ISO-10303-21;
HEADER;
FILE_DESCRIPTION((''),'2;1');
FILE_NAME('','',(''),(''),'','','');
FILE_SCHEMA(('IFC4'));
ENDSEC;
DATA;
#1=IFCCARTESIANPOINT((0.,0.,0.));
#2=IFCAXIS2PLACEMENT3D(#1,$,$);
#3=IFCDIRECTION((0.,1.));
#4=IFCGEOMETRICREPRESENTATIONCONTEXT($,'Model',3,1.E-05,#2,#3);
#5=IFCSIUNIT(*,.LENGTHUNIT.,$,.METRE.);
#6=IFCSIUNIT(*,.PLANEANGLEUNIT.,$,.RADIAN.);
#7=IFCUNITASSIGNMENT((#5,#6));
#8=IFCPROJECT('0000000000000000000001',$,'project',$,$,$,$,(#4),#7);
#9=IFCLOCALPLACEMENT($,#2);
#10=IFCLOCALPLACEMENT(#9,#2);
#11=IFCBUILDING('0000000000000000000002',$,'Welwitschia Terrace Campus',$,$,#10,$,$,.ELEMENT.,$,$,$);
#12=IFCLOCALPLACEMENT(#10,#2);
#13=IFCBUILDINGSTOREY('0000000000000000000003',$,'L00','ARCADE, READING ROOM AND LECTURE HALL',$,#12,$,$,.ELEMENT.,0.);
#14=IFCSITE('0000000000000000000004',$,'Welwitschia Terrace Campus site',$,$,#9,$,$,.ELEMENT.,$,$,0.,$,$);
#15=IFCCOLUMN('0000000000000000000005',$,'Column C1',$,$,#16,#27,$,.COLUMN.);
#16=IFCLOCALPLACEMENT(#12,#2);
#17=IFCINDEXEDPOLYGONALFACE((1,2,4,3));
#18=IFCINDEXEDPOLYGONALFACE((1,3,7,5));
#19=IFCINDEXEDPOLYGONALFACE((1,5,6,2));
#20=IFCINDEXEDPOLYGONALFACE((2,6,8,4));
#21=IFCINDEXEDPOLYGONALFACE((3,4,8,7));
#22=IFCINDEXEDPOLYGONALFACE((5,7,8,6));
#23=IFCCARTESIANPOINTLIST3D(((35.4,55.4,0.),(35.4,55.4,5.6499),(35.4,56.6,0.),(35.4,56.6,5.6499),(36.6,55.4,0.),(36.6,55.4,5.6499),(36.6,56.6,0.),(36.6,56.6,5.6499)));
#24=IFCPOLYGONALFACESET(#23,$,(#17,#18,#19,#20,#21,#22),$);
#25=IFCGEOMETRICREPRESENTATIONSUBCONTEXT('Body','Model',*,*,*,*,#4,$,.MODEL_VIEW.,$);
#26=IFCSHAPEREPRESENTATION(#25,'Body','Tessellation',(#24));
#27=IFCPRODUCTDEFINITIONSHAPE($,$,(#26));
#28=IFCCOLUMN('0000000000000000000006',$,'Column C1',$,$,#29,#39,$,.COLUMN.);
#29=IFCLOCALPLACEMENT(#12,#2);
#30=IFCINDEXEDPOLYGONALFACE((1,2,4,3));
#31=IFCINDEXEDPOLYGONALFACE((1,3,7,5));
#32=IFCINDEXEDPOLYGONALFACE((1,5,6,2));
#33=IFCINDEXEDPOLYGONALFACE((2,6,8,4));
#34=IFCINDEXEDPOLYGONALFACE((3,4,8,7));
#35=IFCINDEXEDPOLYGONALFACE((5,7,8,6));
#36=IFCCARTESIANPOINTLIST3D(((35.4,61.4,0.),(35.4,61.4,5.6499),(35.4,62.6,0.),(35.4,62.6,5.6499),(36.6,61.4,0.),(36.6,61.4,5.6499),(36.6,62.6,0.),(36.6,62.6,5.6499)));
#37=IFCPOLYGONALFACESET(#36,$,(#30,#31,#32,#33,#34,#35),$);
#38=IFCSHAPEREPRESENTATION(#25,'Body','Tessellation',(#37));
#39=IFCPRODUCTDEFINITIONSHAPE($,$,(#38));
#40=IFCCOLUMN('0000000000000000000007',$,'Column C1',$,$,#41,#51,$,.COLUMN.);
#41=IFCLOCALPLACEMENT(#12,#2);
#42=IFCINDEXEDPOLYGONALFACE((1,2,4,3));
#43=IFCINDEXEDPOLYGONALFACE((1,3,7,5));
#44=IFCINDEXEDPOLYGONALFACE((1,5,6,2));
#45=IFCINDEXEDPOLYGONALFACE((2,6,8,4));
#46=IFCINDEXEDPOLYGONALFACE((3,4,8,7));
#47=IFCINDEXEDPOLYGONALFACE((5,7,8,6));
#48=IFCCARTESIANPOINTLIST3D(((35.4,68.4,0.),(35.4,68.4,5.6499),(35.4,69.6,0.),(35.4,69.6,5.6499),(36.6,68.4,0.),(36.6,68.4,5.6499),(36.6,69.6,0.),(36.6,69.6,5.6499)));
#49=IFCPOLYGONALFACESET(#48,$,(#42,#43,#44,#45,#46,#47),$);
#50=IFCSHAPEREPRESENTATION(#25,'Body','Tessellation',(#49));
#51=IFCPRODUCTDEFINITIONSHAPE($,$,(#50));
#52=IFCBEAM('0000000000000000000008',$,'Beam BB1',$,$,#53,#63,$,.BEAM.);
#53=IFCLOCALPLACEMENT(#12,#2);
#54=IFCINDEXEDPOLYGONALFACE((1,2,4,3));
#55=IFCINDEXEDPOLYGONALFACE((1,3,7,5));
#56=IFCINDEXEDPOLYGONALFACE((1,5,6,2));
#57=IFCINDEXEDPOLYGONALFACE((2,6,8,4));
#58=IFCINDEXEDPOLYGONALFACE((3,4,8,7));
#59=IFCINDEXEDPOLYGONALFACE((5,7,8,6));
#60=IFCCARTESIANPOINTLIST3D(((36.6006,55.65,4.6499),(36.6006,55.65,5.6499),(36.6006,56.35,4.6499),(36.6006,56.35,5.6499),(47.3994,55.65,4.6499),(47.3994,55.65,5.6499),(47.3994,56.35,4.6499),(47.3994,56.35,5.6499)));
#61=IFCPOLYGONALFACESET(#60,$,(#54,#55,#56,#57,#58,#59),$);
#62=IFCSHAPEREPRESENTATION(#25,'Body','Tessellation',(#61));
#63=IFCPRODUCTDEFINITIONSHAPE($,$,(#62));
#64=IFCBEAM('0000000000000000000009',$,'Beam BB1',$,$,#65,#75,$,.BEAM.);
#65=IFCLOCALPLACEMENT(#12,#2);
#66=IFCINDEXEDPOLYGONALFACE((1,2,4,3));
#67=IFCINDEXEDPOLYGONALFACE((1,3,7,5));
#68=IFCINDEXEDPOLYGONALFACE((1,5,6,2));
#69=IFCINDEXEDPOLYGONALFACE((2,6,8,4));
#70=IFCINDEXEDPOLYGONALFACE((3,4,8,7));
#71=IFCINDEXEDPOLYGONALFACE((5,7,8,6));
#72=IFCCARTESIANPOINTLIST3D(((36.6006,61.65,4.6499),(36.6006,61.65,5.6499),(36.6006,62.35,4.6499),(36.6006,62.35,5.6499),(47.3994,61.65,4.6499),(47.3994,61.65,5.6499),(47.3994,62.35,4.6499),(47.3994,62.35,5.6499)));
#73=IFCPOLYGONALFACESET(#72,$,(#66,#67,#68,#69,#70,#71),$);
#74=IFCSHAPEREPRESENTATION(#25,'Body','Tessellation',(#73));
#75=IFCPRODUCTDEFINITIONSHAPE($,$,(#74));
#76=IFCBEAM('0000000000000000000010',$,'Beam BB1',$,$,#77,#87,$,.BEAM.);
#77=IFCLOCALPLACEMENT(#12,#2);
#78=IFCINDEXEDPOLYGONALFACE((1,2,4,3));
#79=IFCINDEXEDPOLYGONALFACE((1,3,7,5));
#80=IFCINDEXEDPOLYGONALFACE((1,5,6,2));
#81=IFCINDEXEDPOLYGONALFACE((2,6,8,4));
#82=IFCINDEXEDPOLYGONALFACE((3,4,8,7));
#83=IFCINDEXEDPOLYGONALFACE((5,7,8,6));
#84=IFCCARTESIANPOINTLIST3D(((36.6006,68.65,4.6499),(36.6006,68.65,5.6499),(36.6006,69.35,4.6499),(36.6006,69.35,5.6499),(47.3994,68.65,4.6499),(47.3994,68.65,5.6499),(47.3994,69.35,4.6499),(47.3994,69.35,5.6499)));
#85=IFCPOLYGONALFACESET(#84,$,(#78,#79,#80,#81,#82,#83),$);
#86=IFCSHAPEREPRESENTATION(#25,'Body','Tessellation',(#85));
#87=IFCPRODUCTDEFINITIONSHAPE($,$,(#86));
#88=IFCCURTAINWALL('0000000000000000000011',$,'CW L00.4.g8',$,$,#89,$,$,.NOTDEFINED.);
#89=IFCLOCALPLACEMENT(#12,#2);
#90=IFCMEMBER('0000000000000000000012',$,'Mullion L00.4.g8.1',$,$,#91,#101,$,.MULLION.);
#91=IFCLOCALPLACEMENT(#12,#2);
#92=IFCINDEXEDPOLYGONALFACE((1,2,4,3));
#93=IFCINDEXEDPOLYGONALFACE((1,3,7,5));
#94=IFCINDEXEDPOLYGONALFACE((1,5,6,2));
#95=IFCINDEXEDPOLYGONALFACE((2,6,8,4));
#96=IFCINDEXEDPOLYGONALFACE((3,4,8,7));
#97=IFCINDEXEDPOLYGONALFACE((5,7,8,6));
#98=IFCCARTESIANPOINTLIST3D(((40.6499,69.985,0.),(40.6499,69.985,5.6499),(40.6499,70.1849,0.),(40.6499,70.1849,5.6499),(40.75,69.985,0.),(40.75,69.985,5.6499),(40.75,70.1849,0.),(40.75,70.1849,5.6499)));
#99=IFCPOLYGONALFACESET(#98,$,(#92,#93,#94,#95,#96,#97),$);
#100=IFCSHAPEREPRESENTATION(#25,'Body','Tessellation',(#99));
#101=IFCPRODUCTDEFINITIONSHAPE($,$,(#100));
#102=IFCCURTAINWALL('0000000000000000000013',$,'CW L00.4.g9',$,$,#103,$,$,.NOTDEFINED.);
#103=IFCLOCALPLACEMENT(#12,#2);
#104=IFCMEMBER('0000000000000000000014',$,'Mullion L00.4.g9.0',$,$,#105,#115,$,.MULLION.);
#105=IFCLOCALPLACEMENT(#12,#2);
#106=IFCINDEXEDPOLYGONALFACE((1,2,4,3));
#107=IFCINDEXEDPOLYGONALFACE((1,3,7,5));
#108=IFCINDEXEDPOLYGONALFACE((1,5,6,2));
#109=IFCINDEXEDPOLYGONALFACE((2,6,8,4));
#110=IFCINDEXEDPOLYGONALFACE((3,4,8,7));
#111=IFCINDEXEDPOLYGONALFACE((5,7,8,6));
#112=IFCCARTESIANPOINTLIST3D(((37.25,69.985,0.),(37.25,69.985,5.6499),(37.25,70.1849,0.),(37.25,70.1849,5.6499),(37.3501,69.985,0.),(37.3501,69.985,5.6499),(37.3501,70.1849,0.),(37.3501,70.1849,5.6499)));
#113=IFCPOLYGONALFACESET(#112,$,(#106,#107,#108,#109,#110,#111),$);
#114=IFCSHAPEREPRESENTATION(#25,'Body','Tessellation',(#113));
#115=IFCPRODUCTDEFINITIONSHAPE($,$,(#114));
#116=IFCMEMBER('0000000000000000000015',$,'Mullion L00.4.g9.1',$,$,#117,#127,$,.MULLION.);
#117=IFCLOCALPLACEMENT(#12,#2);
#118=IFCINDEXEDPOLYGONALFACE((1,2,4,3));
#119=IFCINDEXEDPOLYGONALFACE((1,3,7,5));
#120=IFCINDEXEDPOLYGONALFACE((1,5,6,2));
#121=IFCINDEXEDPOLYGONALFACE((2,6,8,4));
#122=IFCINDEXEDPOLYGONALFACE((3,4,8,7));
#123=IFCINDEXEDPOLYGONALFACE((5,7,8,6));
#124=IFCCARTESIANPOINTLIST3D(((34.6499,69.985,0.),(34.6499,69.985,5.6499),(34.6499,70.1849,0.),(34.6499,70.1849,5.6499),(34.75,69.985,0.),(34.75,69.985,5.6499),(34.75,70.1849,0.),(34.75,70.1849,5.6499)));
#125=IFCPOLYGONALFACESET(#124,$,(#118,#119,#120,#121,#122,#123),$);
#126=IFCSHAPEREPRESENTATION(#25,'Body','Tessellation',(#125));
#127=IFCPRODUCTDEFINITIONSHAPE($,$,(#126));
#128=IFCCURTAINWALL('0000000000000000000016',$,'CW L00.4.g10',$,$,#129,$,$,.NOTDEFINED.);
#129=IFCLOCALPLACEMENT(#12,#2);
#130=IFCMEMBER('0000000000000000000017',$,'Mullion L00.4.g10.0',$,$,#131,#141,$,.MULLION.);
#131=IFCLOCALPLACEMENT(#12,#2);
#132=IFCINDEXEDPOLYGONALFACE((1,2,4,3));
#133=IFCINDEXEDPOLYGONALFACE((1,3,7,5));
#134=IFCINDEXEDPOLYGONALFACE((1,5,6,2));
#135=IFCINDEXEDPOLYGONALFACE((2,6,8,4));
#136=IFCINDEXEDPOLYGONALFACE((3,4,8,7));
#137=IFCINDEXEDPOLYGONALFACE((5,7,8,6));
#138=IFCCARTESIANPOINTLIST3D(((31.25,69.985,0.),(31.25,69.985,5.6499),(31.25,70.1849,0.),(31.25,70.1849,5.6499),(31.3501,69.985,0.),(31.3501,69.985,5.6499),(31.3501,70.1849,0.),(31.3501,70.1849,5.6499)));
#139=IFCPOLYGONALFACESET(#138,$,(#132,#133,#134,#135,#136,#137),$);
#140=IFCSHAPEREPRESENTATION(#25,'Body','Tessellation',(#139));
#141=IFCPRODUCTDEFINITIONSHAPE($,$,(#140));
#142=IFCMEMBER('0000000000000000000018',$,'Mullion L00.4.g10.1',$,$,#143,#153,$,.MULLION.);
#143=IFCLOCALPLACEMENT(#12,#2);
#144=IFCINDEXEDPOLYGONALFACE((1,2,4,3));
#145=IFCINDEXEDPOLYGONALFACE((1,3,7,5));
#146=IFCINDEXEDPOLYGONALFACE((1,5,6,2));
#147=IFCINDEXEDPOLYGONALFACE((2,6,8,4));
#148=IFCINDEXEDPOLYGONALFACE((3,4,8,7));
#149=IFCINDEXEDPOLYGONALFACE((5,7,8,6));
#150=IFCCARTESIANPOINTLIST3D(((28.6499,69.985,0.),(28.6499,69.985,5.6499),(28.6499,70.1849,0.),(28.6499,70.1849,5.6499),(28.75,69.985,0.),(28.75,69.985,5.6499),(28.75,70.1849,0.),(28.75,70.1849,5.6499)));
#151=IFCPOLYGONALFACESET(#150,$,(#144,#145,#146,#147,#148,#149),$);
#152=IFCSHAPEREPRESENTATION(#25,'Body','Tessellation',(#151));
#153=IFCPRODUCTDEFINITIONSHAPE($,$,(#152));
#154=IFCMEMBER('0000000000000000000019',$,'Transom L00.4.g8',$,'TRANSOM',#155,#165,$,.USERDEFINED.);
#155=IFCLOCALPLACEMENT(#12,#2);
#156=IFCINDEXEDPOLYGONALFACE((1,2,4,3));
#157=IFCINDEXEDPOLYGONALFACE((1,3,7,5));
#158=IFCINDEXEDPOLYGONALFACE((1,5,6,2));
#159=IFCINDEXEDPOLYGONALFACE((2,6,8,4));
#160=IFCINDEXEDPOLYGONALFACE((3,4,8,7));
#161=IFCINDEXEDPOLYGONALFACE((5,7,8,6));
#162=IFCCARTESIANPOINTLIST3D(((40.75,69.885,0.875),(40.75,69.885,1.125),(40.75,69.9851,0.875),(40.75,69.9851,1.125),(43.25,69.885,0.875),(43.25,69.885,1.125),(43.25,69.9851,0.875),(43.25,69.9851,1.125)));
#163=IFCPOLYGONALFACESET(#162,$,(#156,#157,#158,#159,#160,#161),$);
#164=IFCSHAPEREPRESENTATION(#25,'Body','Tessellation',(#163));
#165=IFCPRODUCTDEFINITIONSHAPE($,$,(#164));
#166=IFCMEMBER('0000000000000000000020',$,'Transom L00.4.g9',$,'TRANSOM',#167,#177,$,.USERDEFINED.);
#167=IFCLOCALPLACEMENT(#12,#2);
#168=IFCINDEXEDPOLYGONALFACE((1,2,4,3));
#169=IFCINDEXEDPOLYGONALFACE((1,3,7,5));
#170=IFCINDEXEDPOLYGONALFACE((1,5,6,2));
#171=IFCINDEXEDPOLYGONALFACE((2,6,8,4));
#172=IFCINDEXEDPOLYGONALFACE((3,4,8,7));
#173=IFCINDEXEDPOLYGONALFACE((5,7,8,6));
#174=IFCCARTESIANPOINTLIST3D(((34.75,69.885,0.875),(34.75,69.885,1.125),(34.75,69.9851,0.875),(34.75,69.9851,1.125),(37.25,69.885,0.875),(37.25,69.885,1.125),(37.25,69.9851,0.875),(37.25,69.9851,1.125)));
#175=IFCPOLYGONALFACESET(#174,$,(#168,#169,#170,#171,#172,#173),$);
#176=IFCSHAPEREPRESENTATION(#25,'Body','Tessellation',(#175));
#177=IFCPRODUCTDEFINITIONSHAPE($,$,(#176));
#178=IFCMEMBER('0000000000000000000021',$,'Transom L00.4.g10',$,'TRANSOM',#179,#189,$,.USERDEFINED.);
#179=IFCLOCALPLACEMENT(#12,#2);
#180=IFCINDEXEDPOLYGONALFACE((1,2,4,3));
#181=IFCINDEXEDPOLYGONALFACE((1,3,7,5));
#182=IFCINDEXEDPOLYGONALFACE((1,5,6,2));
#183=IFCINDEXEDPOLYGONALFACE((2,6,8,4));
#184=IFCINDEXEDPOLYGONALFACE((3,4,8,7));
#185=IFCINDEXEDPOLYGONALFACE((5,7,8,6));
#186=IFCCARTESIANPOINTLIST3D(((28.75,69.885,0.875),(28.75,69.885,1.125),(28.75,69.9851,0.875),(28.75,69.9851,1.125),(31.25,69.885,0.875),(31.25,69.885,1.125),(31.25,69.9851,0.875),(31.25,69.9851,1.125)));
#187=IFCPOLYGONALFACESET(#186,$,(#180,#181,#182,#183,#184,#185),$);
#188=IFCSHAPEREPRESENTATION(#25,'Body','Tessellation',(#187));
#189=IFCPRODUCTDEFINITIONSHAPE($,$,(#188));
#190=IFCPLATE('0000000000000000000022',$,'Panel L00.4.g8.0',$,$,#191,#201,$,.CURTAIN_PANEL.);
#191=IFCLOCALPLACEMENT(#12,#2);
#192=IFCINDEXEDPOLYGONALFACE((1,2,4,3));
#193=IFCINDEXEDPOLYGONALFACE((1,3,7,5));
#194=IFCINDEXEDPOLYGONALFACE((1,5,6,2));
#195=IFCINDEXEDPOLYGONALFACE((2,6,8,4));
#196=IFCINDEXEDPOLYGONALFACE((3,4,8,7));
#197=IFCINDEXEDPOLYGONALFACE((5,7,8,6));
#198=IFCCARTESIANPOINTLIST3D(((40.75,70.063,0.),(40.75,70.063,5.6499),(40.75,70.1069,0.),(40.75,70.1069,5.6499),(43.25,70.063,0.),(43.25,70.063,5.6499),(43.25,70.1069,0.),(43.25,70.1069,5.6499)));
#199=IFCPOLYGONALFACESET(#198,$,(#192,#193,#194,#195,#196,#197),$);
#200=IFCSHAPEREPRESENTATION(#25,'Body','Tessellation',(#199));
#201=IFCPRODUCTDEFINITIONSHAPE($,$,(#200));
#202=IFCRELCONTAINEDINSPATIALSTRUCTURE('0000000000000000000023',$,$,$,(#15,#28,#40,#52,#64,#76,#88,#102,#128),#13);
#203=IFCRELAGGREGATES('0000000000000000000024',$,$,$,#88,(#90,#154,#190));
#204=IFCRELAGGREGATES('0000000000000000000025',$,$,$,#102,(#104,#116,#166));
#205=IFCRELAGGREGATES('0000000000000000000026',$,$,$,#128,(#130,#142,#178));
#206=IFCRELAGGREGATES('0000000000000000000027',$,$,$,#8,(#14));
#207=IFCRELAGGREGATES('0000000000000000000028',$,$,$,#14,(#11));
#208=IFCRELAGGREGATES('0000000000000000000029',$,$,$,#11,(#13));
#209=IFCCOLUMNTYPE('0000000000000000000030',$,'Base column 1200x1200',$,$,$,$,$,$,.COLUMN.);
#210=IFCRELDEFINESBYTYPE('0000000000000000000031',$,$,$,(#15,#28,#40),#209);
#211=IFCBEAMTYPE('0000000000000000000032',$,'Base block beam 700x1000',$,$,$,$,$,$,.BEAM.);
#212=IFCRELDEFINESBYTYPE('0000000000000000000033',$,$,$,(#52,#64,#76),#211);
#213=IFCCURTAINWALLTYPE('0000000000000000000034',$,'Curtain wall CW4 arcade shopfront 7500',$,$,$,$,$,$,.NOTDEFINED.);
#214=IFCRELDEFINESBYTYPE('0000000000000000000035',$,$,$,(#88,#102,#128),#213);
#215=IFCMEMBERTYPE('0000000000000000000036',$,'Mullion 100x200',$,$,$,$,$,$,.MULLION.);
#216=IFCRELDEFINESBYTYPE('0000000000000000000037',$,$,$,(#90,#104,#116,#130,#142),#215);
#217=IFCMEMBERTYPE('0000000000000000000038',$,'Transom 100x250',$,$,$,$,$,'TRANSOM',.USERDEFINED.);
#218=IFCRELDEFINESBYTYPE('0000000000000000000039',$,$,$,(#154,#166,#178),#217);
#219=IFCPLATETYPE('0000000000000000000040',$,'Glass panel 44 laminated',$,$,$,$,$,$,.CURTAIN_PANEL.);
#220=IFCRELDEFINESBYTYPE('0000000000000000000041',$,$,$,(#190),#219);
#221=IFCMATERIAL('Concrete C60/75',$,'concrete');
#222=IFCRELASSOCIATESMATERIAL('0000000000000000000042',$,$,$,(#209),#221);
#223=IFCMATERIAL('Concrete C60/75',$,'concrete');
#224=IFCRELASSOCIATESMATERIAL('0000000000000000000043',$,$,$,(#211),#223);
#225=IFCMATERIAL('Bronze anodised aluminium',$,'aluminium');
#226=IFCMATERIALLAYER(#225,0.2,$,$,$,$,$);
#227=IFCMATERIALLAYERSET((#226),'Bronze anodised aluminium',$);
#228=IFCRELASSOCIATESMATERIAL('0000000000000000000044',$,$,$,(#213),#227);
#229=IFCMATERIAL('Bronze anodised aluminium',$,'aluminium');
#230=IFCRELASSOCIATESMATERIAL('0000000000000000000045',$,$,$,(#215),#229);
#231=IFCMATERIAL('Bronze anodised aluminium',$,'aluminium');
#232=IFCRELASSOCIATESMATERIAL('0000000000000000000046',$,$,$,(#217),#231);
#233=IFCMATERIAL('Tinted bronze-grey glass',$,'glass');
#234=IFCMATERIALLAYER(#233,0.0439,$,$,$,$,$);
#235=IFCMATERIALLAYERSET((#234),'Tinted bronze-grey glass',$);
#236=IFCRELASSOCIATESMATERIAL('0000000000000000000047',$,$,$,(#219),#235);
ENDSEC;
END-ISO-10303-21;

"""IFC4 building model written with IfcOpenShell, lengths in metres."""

from ifc_helpers import new_model, si_unit, direction, frame, origin, origin_2d, place, context, subcontext, project, spatial, rectangle, extrude, material, layer, layer_set, material_profile, profile_set, type_object, element, aggregate, save


model = new_model("IFC4")

# Units and contexts
model_context = context("Model", 3, precision=1e-05, world=origin(), true_north=direction((0.0, 1.0)))
body_context = subcontext(model_context, "Body", "Model", "MODEL_VIEW")
ifc_project = project(units=[si_unit("LENGTHUNIT", "METRE"), si_unit("PLANEANGLEUNIT", "RADIAN")], contexts=[model_context])

# Site, building, storey
site_placement = place(None, origin())
site = spatial("IfcSite", under=ifc_project, at=site_placement, Name="Welwitschia Terrace Campus site", CompositionType="ELEMENT", RefElevation=0.0)
building_placement = place(site_placement, origin())
building = spatial("IfcBuilding", under=site, at=building_placement, Name="Welwitschia Terrace Campus", CompositionType="ELEMENT")
storey_placement = place(building_placement, origin())
storey = spatial("IfcBuildingStorey", under=building, at=storey_placement, Name="L00", Description="ARCADE, READING ROOM AND LECTURE HALL", CompositionType="ELEMENT", Elevation=0.0)

# Columns
ifc_material_1 = material(Name="Concrete C60/75", Category="concrete")
ifc_material_profile_1 = material_profile(ifc_material_1, rectangle(XDim=1.2, YDim=1.2, at=origin_2d()))
ifc_profile_set_1 = profile_set([ifc_material_profile_1], Name="Concrete C60/75")
column_type = type_object("IfcColumnType", Name="Base column 1200x1200", PredefinedType="COLUMN", material=ifc_profile_set_1)
for number, where, z_axis, x_axis, name in (
    (1, (36.0, 56.0, 0.0), (0.0, 0.0, 1.0), (1.0, 0.0, 0.0), "Column C1"),
    (2, (36.0, 62.0, 0.0), (0.0, 0.0, 1.0), (1.0, 0.0, 0.0), "Column C1"),
    (3, (36.0, 69.0, 0.0), (0.0, 0.0, 1.0), (1.0, 0.0, 0.0), "Column C1"),
):
    element("IfcColumn", number, at=place(storey_placement, frame(where, z_axis=z_axis, x_axis=x_axis)), inside=storey, type_object=column_type, Name=name, PredefinedType="COLUMN", context=body_context, shape_type="SweptSolid", body=[
        extrude(rectangle(XDim=1.2, YDim=1.2, at=origin_2d()), origin(), (0.0, 0.0, 1.0), 5.6499),
    ])

# Beams
ifc_material_2 = material(Name="Concrete C60/75", Category="concrete")
ifc_material_profile_2 = material_profile(ifc_material_2, rectangle(XDim=0.7, YDim=1.0, at=origin_2d()))
ifc_profile_set_2 = profile_set([ifc_material_profile_2], Name="Concrete C60/75")
beam_type = type_object("IfcBeamType", Name="Base block beam 700x1000", PredefinedType="BEAM", material=ifc_profile_set_2)
for number, where, z_axis, x_axis, name in (
    (4, (36.6006, 56.0, 5.1499), (1.0, 0.0, 0.0), (0.0, 1.0, 0.0), "Beam BB1"),
    (5, (36.6006, 62.0, 5.1499), (1.0, 0.0, 0.0), (0.0, 1.0, 0.0), "Beam BB1"),
    (6, (36.6006, 69.0, 5.1499), (1.0, 0.0, 0.0), (0.0, 1.0, 0.0), "Beam BB1"),
):
    element("IfcBeam", number, at=place(storey_placement, frame(where, z_axis=z_axis, x_axis=x_axis)), inside=storey, type_object=beam_type, Name=name, PredefinedType="BEAM", context=body_context, shape_type="SweptSolid", body=[
        extrude(rectangle(XDim=0.7, YDim=1.0, at=origin_2d()), origin(), (0.0, 0.0, 1.0), 10.7988),
    ])

# Curtain wall, member
ifc_material_3 = material(Name="Bronze anodised aluminium", Category="aluminium")
ifc_layer_1 = layer(ifc_material_3, 0.2)
ifc_layer_set_1 = layer_set([ifc_layer_1], Name="Bronze anodised aluminium")
curtain_wall_type = type_object("IfcCurtainWallType", Name="Curtain wall CW4 arcade shopfront 7500", PredefinedType="NOTDEFINED", material=ifc_layer_set_1)
curtain_wall_1_placement = place(storey_placement, origin())
curtain_wall_1 = element("IfcCurtainWall", 7, at=curtain_wall_1_placement, inside=storey, type_object=curtain_wall_type, Name="CW L00.4.g8", PredefinedType="NOTDEFINED")
ifc_material_4 = material(Name="Bronze anodised aluminium", Category="aluminium")
ifc_material_profile_3 = material_profile(ifc_material_4, rectangle(XDim=0.2, YDim=0.1001, at=origin_2d()))
ifc_profile_set_3 = profile_set([ifc_material_profile_3], Name="Bronze anodised aluminium")
member_type_1 = type_object("IfcMemberType", Name="Mullion 100x200", PredefinedType="MULLION", material=ifc_profile_set_3)
member_1_placement = place(storey_placement, frame((40.7, 70.085, 0.0), z_axis=(0.0, 0.0, 1.0), x_axis=(0.0, -1.0, 0.0)))
member_1 = element("IfcMember", 8, at=member_1_placement, type_object=member_type_1, Name="Mullion L00.4.g8.1", PredefinedType="MULLION", context=body_context, shape_type="SweptSolid", body=[
    extrude(rectangle(XDim=0.2, YDim=0.1001, at=origin_2d()), origin(), (0.0, 0.0, 1.0), 5.6499),
])

# Curtain walls, members
curtain_wall_2_placement = place(storey_placement, origin())
curtain_wall_2 = element("IfcCurtainWall", 9, at=curtain_wall_2_placement, inside=storey, type_object=curtain_wall_type, Name="CW L00.4.g9", PredefinedType="NOTDEFINED")
member_2_placement = place(storey_placement, frame((37.3, 70.085, 0.0), z_axis=(0.0, 0.0, 1.0), x_axis=(0.0, -1.0, 0.0)))
member_2 = element("IfcMember", 10, at=member_2_placement, type_object=member_type_1, Name="Mullion L00.4.g9.0", PredefinedType="MULLION", context=body_context, shape_type="SweptSolid", body=[
    extrude(rectangle(XDim=0.2, YDim=0.1001, at=origin_2d()), origin(), (0.0, 0.0, 1.0), 5.6499),
])
member_3_placement = place(storey_placement, frame((34.7, 70.085, 0.0), z_axis=(0.0, 0.0, 1.0), x_axis=(0.0, -1.0, 0.0)))
member_3 = element("IfcMember", 11, at=member_3_placement, type_object=member_type_1, Name="Mullion L00.4.g9.1", PredefinedType="MULLION", context=body_context, shape_type="SweptSolid", body=[
    extrude(rectangle(XDim=0.2, YDim=0.1001, at=origin_2d()), origin(), (0.0, 0.0, 1.0), 5.6499),
])
curtain_wall_3_placement = place(storey_placement, origin())
curtain_wall_3 = element("IfcCurtainWall", 12, at=curtain_wall_3_placement, inside=storey, type_object=curtain_wall_type, Name="CW L00.4.g10", PredefinedType="NOTDEFINED")
member_4_placement = place(storey_placement, frame((31.3, 70.085, 0.0), z_axis=(0.0, 0.0, 1.0), x_axis=(0.0, -1.0, 0.0)))
member_4 = element("IfcMember", 13, at=member_4_placement, type_object=member_type_1, Name="Mullion L00.4.g10.0", PredefinedType="MULLION", context=body_context, shape_type="SweptSolid", body=[
    extrude(rectangle(XDim=0.2, YDim=0.1001, at=origin_2d()), origin(), (0.0, 0.0, 1.0), 5.6499),
])
member_5_placement = place(storey_placement, frame((28.7, 70.085, 0.0), z_axis=(0.0, 0.0, 1.0), x_axis=(0.0, -1.0, 0.0)))
member_5 = element("IfcMember", 14, at=member_5_placement, type_object=member_type_1, Name="Mullion L00.4.g10.1", PredefinedType="MULLION", context=body_context, shape_type="SweptSolid", body=[
    extrude(rectangle(XDim=0.2, YDim=0.1001, at=origin_2d()), origin(), (0.0, 0.0, 1.0), 5.6499),
])

# Members
ifc_material_5 = material(Name="Bronze anodised aluminium", Category="aluminium")
ifc_material_profile_4 = material_profile(ifc_material_5, rectangle(XDim=0.1001, YDim=0.25, at=origin_2d()))
ifc_profile_set_4 = profile_set([ifc_material_profile_4], Name="Bronze anodised aluminium")
member_type_2 = type_object("IfcMemberType", Name="Transom 100x250", ElementType="TRANSOM", PredefinedType="USERDEFINED", material=ifc_profile_set_4)
member_6_placement = place(storey_placement, frame((43.25, 69.9351, 1.0), z_axis=(-1.0, 0.0, 0.0), x_axis=(0.0, -1.0, 0.0)))
member_6 = element("IfcMember", 15, at=member_6_placement, type_object=member_type_2, Name="Transom L00.4.g8", ObjectType="TRANSOM", PredefinedType="USERDEFINED", context=body_context, shape_type="SweptSolid", body=[
    extrude(rectangle(XDim=0.1001, YDim=0.25, at=origin_2d()), origin(), (0.0, 0.0, 1.0), 2.5),
])
member_7_placement = place(storey_placement, frame((37.25, 69.9351, 1.0), z_axis=(-1.0, 0.0, 0.0), x_axis=(0.0, -1.0, 0.0)))
member_7 = element("IfcMember", 16, at=member_7_placement, type_object=member_type_2, Name="Transom L00.4.g9", ObjectType="TRANSOM", PredefinedType="USERDEFINED", context=body_context, shape_type="SweptSolid", body=[
    extrude(rectangle(XDim=0.1001, YDim=0.25, at=origin_2d()), origin(), (0.0, 0.0, 1.0), 2.5),
])
member_8_placement = place(storey_placement, frame((31.25, 69.9351, 1.0), z_axis=(-1.0, 0.0, 0.0), x_axis=(0.0, -1.0, 0.0)))
member_8 = element("IfcMember", 17, at=member_8_placement, type_object=member_type_2, Name="Transom L00.4.g10", ObjectType="TRANSOM", PredefinedType="USERDEFINED", context=body_context, shape_type="SweptSolid", body=[
    extrude(rectangle(XDim=0.1001, YDim=0.25, at=origin_2d()), origin(), (0.0, 0.0, 1.0), 2.5),
])

# Plate
ifc_material_6 = material(Name="Tinted bronze-grey glass", Category="glass")
ifc_layer_2 = layer(ifc_material_6, 0.0439)
ifc_layer_set_2 = layer_set([ifc_layer_2], Name="Tinted bronze-grey glass")
plate_type = type_object("IfcPlateType", Name="Glass panel 44 laminated", PredefinedType="CURTAIN_PANEL", material=ifc_layer_set_2)
plate_1_placement = place(storey_placement, frame((42.0, 70.085, 0.0), z_axis=(0.0, 0.0, 1.0), x_axis=(-1.0, 0.0, 0.0)))
plate_1 = element("IfcPlate", 18, at=plate_1_placement, type_object=plate_type, Name="Panel L00.4.g8.0", PredefinedType="CURTAIN_PANEL", context=body_context, shape_type="SweptSolid", body=[
    extrude(rectangle(XDim=2.5, YDim=0.0439, at=origin_2d()), origin(), (0.0, 0.0, 1.0), 5.6499),
])
aggregate(curtain_wall_1, [member_1, member_6, plate_1])
aggregate(curtain_wall_2, [member_2, member_3, member_7])
aggregate(curtain_wall_3, [member_4, member_5, member_8])

save(model, "model.ifc")
